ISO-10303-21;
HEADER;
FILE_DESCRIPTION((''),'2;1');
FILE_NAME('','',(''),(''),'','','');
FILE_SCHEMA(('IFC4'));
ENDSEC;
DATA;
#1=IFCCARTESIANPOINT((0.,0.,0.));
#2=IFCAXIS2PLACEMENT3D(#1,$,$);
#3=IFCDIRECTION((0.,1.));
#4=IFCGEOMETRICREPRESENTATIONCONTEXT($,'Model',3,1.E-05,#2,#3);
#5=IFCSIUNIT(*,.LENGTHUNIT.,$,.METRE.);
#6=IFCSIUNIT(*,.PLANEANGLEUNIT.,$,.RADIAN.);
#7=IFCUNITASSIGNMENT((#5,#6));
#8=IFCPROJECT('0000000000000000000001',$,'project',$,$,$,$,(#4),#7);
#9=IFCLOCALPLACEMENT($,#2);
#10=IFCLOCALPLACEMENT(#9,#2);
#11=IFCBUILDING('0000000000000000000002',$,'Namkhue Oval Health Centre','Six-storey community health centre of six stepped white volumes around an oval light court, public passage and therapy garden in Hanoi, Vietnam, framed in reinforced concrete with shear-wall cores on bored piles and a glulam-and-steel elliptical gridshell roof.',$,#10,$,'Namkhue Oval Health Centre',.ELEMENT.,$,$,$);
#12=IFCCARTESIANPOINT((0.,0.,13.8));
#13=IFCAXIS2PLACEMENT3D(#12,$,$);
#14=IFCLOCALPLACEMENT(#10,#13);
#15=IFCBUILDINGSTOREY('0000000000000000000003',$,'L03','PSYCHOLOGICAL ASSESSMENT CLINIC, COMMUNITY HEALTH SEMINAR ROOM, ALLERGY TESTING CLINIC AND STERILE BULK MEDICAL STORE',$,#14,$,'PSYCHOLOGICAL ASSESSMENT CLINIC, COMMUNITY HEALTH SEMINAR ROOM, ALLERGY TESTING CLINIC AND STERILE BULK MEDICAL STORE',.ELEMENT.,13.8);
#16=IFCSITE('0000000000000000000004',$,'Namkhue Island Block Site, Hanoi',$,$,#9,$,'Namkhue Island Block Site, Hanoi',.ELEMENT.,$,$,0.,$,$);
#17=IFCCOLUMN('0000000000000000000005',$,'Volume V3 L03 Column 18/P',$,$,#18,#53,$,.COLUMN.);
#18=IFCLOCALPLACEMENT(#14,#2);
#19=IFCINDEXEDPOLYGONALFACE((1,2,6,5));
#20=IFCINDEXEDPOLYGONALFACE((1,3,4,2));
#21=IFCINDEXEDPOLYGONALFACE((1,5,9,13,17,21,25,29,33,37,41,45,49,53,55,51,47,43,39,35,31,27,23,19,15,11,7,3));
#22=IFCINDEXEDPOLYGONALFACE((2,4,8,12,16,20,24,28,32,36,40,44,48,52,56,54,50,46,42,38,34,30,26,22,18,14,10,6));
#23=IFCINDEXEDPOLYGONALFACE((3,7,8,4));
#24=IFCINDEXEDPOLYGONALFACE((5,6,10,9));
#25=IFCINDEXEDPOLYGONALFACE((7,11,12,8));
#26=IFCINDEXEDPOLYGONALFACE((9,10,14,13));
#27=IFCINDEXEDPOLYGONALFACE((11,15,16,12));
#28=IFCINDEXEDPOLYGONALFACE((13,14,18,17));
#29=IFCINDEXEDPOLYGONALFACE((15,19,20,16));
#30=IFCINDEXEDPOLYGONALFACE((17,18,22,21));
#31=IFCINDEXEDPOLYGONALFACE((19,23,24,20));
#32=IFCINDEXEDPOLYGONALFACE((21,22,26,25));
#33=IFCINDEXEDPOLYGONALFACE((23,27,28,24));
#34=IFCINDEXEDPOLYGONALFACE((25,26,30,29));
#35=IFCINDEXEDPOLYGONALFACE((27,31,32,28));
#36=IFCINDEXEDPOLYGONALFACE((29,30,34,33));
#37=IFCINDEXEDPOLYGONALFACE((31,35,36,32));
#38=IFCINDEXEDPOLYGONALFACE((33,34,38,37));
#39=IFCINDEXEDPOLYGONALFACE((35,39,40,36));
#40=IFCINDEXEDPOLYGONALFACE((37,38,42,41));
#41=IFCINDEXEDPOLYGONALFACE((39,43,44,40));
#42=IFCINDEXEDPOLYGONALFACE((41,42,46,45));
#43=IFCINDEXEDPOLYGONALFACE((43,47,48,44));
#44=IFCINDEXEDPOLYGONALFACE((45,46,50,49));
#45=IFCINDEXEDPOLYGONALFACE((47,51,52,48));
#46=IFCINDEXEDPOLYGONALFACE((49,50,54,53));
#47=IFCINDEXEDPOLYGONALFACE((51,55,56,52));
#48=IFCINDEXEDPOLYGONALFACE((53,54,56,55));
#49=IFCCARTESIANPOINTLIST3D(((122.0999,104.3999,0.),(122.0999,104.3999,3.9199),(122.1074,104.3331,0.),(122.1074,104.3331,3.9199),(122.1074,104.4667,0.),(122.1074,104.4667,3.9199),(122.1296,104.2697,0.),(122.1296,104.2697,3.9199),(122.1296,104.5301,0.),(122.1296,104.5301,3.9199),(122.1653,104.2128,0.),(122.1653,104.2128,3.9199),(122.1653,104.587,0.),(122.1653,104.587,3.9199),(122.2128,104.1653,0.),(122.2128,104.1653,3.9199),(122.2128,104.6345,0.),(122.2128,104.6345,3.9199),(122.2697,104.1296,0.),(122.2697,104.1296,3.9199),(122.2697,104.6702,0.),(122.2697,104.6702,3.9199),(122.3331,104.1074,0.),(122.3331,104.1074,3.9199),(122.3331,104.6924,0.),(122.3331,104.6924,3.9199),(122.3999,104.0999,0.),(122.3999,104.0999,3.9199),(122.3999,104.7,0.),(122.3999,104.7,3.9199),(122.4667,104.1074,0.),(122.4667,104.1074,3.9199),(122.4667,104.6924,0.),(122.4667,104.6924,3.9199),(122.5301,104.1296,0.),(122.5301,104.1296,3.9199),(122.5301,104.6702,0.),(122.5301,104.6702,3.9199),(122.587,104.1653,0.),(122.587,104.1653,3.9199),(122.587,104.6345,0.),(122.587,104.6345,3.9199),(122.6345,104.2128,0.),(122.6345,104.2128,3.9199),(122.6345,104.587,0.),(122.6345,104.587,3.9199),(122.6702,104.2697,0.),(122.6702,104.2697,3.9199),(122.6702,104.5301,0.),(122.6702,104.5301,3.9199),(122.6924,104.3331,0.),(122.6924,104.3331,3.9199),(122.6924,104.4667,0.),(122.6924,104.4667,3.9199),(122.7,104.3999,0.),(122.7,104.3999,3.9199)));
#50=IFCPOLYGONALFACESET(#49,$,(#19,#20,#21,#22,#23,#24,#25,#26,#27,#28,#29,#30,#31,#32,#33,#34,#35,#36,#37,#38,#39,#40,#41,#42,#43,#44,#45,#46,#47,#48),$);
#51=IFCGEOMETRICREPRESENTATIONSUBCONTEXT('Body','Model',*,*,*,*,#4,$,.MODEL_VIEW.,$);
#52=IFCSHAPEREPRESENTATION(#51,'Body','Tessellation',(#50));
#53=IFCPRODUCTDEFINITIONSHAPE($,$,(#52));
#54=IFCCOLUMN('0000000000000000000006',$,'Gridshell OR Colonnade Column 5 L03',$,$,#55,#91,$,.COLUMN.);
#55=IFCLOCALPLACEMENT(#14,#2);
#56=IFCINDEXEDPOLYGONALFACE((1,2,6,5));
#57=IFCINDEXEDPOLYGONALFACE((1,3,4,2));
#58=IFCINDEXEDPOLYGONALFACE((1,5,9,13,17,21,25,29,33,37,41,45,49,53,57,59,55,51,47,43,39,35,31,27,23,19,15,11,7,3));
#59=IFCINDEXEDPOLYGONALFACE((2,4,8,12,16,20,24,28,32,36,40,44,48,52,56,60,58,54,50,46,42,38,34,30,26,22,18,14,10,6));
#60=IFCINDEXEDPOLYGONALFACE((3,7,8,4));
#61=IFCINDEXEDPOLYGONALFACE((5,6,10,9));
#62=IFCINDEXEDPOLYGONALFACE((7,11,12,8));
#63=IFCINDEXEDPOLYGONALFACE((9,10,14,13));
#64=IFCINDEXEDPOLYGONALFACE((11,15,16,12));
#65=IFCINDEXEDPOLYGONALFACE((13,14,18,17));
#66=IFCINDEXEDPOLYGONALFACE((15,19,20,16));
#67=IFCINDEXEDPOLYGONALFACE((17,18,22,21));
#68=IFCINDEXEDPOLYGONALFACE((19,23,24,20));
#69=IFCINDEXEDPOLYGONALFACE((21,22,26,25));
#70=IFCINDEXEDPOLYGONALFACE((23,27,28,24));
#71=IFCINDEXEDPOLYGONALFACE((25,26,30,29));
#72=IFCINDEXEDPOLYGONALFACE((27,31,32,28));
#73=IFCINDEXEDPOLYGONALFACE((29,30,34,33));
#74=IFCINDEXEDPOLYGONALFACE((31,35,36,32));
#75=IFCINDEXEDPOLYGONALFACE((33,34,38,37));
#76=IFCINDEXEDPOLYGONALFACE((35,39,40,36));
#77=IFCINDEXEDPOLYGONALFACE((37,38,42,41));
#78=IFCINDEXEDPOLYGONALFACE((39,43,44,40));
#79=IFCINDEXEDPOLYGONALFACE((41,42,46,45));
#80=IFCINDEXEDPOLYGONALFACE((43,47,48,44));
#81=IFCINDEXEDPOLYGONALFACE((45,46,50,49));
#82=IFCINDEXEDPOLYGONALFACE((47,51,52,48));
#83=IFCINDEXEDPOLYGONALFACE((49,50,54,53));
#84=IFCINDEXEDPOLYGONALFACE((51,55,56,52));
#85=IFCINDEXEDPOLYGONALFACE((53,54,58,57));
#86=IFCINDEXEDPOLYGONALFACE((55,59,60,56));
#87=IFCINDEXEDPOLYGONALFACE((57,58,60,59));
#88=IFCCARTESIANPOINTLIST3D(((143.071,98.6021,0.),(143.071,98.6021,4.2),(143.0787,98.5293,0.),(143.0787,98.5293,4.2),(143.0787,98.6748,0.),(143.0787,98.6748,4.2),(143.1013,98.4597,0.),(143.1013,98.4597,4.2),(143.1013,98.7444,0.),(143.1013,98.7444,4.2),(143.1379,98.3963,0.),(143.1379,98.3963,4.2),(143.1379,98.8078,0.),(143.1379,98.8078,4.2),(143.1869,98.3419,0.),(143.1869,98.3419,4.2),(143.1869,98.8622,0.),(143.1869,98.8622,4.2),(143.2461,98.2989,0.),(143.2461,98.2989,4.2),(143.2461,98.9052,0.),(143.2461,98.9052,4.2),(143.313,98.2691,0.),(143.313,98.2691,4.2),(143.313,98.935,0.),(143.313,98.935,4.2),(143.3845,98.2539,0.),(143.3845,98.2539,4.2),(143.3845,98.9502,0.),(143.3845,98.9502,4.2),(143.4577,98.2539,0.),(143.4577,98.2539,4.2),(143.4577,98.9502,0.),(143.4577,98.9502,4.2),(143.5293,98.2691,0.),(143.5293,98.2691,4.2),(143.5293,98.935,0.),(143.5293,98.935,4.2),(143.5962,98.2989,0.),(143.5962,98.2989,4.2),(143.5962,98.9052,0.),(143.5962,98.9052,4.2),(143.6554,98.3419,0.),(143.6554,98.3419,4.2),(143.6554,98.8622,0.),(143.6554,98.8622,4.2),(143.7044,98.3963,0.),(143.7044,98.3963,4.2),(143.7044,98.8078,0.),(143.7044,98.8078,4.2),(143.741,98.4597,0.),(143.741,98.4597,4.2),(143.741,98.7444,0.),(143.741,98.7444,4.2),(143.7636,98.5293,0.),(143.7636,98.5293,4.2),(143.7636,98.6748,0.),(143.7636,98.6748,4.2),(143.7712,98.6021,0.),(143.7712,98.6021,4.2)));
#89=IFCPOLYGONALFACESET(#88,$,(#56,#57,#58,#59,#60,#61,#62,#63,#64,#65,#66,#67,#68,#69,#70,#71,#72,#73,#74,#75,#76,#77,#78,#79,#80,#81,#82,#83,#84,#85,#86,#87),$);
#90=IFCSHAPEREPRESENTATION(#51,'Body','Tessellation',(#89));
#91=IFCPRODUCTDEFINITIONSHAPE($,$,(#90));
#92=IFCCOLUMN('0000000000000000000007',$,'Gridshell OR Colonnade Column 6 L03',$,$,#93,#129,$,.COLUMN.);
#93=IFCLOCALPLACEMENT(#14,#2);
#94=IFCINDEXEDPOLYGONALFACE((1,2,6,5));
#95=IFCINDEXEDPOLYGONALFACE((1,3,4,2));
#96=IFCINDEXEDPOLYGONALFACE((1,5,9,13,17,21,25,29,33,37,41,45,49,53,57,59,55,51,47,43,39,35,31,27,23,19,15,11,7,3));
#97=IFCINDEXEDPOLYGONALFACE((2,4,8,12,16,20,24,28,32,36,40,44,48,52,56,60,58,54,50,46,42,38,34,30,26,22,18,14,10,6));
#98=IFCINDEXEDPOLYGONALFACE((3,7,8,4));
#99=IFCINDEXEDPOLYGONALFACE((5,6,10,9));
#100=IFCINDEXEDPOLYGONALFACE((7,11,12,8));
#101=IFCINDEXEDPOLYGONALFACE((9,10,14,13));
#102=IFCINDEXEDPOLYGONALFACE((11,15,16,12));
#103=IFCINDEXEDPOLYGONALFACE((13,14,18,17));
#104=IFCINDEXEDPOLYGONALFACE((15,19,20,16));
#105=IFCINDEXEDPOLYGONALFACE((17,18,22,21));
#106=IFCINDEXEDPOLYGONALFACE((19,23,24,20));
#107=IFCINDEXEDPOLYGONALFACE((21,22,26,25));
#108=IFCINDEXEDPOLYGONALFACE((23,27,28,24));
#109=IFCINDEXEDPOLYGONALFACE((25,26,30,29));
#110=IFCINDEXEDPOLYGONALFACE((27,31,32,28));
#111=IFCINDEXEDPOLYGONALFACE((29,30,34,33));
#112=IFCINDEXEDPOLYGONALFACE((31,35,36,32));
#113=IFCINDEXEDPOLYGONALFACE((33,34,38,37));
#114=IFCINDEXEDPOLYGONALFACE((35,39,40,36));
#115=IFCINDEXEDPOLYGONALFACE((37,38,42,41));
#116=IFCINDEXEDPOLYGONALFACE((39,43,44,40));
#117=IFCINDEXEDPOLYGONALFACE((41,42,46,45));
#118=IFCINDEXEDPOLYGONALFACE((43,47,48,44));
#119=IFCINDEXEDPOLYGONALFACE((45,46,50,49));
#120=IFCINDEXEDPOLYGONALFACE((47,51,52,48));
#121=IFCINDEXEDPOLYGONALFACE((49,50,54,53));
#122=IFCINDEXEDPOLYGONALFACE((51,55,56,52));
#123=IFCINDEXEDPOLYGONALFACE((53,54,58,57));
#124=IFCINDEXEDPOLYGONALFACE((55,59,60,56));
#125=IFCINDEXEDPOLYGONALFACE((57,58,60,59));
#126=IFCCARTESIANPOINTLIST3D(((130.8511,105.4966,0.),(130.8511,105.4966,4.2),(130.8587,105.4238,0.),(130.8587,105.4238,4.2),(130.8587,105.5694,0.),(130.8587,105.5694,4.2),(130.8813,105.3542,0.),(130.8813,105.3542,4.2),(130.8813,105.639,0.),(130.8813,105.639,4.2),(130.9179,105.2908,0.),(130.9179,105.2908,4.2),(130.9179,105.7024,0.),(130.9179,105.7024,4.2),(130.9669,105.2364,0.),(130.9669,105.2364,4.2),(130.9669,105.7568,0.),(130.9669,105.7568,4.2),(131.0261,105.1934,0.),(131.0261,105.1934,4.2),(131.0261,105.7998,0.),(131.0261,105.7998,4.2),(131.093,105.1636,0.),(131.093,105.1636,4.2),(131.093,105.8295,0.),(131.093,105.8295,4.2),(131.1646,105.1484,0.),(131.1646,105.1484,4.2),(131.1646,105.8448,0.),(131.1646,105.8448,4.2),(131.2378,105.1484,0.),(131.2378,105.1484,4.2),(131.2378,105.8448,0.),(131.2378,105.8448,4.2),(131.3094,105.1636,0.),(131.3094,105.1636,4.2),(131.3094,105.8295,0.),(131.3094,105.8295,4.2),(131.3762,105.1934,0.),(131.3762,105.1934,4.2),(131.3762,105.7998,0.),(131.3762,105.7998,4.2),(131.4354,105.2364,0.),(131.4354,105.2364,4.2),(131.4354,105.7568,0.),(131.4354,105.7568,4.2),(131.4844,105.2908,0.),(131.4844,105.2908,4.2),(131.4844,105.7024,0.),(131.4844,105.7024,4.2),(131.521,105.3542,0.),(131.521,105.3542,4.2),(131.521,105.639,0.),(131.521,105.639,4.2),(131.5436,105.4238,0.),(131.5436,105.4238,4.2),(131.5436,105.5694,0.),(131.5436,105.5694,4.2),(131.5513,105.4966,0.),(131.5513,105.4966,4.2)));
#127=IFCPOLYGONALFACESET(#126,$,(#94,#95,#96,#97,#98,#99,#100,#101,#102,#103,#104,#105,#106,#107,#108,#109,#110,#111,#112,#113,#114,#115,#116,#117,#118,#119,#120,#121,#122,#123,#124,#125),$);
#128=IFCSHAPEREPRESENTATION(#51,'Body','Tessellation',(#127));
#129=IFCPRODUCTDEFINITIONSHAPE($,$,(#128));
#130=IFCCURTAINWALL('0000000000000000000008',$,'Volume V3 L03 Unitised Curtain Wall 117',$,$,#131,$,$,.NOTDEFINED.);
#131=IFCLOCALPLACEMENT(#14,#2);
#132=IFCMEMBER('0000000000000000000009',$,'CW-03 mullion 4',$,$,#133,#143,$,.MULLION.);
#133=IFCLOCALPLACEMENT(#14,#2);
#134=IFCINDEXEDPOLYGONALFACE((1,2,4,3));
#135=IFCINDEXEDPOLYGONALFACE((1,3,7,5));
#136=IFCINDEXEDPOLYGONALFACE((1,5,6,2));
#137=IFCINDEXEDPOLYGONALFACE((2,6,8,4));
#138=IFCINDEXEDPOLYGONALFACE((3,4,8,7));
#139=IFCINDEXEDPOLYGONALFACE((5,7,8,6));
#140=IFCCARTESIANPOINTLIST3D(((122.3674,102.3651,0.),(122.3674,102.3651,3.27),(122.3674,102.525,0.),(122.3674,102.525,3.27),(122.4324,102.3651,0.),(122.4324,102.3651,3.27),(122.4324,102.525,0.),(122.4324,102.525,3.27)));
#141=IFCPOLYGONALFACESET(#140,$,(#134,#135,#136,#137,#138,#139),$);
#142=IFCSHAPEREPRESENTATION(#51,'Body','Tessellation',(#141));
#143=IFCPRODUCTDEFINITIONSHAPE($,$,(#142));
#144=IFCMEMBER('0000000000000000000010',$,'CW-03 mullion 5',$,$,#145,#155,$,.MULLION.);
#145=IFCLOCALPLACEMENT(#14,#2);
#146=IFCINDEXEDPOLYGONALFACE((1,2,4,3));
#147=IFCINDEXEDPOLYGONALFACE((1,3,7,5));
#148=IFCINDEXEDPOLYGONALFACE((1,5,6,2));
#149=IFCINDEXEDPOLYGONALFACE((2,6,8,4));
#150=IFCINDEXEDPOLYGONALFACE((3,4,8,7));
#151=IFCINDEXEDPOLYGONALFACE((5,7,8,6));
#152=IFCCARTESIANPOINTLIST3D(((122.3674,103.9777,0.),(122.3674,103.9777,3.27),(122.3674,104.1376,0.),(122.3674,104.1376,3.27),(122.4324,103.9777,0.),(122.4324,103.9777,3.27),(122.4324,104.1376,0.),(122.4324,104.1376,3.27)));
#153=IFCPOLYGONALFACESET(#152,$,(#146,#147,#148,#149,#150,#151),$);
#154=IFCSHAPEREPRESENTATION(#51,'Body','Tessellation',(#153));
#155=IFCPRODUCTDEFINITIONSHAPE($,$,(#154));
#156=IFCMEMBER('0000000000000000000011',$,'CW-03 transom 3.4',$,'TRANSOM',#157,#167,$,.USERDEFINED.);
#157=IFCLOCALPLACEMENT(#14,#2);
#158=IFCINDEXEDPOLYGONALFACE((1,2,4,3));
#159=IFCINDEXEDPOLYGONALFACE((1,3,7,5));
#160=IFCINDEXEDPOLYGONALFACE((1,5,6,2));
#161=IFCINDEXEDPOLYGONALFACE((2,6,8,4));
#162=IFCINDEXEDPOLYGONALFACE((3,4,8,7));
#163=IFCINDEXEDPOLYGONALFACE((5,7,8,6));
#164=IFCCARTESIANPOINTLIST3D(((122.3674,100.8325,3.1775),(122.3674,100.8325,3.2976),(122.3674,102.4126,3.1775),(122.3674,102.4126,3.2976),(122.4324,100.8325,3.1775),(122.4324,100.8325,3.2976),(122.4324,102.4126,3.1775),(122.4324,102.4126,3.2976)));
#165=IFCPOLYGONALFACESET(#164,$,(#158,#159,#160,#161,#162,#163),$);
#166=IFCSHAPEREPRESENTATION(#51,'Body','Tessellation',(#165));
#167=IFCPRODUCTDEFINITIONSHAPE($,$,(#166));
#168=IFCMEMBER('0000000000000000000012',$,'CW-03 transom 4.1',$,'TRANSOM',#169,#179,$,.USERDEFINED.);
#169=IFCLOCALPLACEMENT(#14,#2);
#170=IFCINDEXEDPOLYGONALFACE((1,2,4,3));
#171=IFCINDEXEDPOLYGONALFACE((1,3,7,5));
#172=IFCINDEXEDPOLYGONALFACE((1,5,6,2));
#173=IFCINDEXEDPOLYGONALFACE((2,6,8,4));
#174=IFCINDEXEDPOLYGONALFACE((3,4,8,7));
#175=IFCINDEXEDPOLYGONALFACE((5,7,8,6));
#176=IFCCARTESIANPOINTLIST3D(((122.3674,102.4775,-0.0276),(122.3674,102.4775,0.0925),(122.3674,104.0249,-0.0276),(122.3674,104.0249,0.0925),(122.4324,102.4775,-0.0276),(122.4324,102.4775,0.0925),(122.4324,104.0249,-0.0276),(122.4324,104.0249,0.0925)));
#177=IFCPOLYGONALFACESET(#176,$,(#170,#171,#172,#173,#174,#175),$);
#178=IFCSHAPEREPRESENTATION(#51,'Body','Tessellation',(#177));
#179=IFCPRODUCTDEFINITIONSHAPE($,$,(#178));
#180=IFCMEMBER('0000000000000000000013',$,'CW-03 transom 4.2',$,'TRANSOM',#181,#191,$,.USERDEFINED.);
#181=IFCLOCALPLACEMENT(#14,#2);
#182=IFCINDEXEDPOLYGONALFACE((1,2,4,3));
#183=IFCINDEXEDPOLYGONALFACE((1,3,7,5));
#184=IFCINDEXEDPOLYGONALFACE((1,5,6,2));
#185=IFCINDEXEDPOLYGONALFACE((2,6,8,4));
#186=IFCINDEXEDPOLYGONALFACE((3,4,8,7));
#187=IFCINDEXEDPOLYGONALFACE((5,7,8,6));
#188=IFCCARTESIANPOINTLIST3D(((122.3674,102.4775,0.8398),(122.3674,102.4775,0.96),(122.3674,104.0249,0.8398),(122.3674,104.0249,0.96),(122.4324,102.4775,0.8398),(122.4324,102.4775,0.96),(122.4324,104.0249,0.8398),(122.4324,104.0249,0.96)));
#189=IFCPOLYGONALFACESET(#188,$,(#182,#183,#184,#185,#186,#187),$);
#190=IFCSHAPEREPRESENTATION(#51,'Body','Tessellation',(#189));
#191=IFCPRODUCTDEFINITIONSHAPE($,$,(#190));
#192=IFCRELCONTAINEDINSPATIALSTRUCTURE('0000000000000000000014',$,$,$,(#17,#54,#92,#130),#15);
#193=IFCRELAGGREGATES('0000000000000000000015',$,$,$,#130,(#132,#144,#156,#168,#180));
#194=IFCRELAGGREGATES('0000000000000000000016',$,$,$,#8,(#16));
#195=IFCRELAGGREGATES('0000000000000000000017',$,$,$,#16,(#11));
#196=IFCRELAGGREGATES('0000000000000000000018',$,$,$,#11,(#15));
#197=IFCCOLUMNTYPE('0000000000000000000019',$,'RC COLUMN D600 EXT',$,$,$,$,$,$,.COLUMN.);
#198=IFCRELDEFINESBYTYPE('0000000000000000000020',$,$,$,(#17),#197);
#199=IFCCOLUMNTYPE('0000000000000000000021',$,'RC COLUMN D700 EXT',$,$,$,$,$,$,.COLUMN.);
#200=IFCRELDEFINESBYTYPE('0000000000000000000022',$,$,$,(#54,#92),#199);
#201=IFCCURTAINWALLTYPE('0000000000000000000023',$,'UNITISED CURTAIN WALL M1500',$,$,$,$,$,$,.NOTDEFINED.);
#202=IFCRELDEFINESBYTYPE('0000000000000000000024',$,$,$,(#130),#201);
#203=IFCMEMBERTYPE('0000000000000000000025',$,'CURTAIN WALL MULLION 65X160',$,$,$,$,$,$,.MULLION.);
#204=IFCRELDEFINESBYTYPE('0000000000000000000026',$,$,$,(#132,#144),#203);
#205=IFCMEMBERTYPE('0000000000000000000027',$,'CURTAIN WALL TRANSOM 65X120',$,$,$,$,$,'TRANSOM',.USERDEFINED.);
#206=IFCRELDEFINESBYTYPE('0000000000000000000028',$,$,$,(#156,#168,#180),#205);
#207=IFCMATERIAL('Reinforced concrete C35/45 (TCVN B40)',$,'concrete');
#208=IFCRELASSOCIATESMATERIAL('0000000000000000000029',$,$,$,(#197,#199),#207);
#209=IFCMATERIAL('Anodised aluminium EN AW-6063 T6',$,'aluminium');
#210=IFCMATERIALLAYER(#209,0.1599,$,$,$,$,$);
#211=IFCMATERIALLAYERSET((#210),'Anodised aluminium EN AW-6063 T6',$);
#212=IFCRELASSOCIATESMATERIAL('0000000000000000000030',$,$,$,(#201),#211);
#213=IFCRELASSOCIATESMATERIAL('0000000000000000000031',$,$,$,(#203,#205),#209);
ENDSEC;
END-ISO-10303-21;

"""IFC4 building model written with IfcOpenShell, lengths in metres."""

from ifc_helpers import new_model, si_unit, direction, frame, origin, origin_2d, place, context, subcontext, project, spatial, rectangle, circle, extrude, material, layer, layer_set, material_profile, profile_set, type_object, element, aggregate, save


model = new_model("IFC4")

# Units and contexts
model_context = context("Model", 3, precision=1e-05, world=origin(), true_north=direction((0.0, 1.0)))
body_context = subcontext(model_context, "Body", "Model", "MODEL_VIEW")
ifc_project = project(units=[si_unit("LENGTHUNIT", "METRE"), si_unit("PLANEANGLEUNIT", "RADIAN")], contexts=[model_context])

# Site, building, storey
site_placement = place(None, origin())
site = spatial("IfcSite", under=ifc_project, at=site_placement, Name="Namkhue Island Block Site, Hanoi", LongName="Namkhue Island Block Site, Hanoi", CompositionType="ELEMENT", RefElevation=0.0)
building_placement = place(site_placement, origin())
building = spatial("IfcBuilding", under=site, at=building_placement, Name="Namkhue Oval Health Centre", Description="Six-storey community health centre of six stepped white volumes around an oval light court, public passage and therapy garden in Hanoi, Vietnam, framed in reinforced concrete with shear-wall cores on bored piles and a glulam-and-steel elliptical gridshell roof.", LongName="Namkhue Oval Health Centre", CompositionType="ELEMENT")
storey_placement = place(building_placement, frame((0.0, 0.0, 13.8)))
storey = spatial("IfcBuildingStorey", under=building, at=storey_placement, Name="L03", Description="PSYCHOLOGICAL ASSESSMENT CLINIC, COMMUNITY HEALTH SEMINAR ROOM, ALLERGY TESTING CLINIC AND STERILE BULK MEDICAL STORE", LongName="PSYCHOLOGICAL ASSESSMENT CLINIC, COMMUNITY HEALTH SEMINAR ROOM, ALLERGY TESTING CLINIC AND STERILE BULK MEDICAL STORE", CompositionType="ELEMENT", Elevation=13.8)

# Columns
ifc_material_1 = material(Name="Reinforced concrete C35/45 (TCVN B40)", Category="concrete")
ifc_material_profile_1 = material_profile(ifc_material_1, circle(Radius=0.3, at=origin_2d()), Name="RC D600")
ifc_profile_set_1 = profile_set([ifc_material_profile_1], Name="Reinforced concrete C35/45 (TCVN B40)")
column_type_1 = type_object("IfcColumnType", Name="RC COLUMN D600 EXT", PredefinedType="COLUMN", material=ifc_profile_set_1)
column_placement = place(storey_placement, frame((122.3999, 104.3999, 0.0), z_axis=(0.0, 0.0, 1.0), x_axis=(1.0, 0.0, 0.0)))
element("IfcColumn", 1, at=column_placement, inside=storey, type_object=column_type_1, Name="Volume V3 L03 Column 18/P", PredefinedType="COLUMN", context=body_context, shape_type="SweptSolid", body=[
    extrude(circle(Radius=0.3, at=origin_2d()), origin(), (0.0, 0.0, 1.0), 3.9199),
])
ifc_material_profile_2 = material_profile(ifc_material_1, circle(Radius=0.3501, at=origin_2d()), Name="RC D700")
ifc_profile_set_2 = profile_set([ifc_material_profile_2], Name="Reinforced concrete C35/45 (TCVN B40)")
column_type_2 = type_object("IfcColumnType", Name="RC COLUMN D700 EXT", PredefinedType="COLUMN", material=ifc_profile_set_2)
for number, where, z_axis, x_axis, name in (
    (2, (143.4211, 98.6021, 0.0), (0.0, 0.0, 1.0), (1.0, 0.0, 0.0), "Gridshell OR Colonnade Column 5 L03"),
    (3, (131.2012, 105.4966, 0.0), (0.0, 0.0, 1.0), (1.0, 0.0, 0.0), "Gridshell OR Colonnade Column 6 L03"),
):
    element("IfcColumn", number, at=place(storey_placement, frame(where, z_axis=z_axis, x_axis=x_axis)), inside=storey, type_object=column_type_2, Name=name, PredefinedType="COLUMN", context=body_context, shape_type="SweptSolid", body=[
        extrude(circle(Radius=0.3501, at=origin_2d()), origin(), (0.0, 0.0, 1.0), 4.2),
    ])

# Curtain wall, members
ifc_material_2 = material(Name="Anodised aluminium EN AW-6063 T6", Category="aluminium")
ifc_layer_1 = layer(ifc_material_2, 0.1599)
ifc_layer_set_1 = layer_set([ifc_layer_1], Name="Anodised aluminium EN AW-6063 T6")
curtain_wall_type = type_object("IfcCurtainWallType", Name="UNITISED CURTAIN WALL M1500", PredefinedType="NOTDEFINED", material=ifc_layer_set_1)
curtain_wall_placement = place(storey_placement, origin())
curtain_wall = element("IfcCurtainWall", 4, at=curtain_wall_placement, inside=storey, type_object=curtain_wall_type, Name="Volume V3 L03 Unitised Curtain Wall 117", PredefinedType="NOTDEFINED")
ifc_material_profile_3 = material_profile(ifc_material_2, rectangle(XDim=0.0649, YDim=0.1599, at=origin_2d()), Name="ALU 65x160")
ifc_profile_set_3 = profile_set([ifc_material_profile_3], Name="Anodised aluminium EN AW-6063 T6")
member_type_1 = type_object("IfcMemberType", Name="CURTAIN WALL MULLION 65X160", PredefinedType="MULLION", material=ifc_profile_set_3)
member_1_placement = place(storey_placement, frame((122.3999, 102.4451, 0.0), z_axis=(0.0, 0.0, 1.0), x_axis=(-1.0, 0.0, 0.0)))
member_1 = element("IfcMember", 5, at=member_1_placement, type_object=member_type_1, Name="CW-03 mullion 4", PredefinedType="MULLION", context=body_context, shape_type="SweptSolid", body=[
    extrude(rectangle(XDim=0.0649, YDim=0.1599, at=origin_2d()), origin(), (0.0, 0.0, 1.0), 3.27),
])
member_2_placement = place(storey_placement, frame((122.3999, 104.0576, 0.0), z_axis=(0.0, 0.0, 1.0), x_axis=(-1.0, 0.0, 0.0)))
member_2 = element("IfcMember", 6, at=member_2_placement, type_object=member_type_1, Name="CW-03 mullion 5", PredefinedType="MULLION", context=body_context, shape_type="SweptSolid", body=[
    extrude(rectangle(XDim=0.0649, YDim=0.1599, at=origin_2d()), origin(), (0.0, 0.0, 1.0), 3.27),
])
ifc_material_profile_4 = material_profile(ifc_material_2, rectangle(XDim=0.0649, YDim=0.1201, at=origin_2d()), Name="ALU 65x120")
ifc_profile_set_4 = profile_set([ifc_material_profile_4], Name="Anodised aluminium EN AW-6063 T6")
member_type_2 = type_object("IfcMemberType", Name="CURTAIN WALL TRANSOM 65X120", ElementType="TRANSOM", PredefinedType="USERDEFINED", material=ifc_profile_set_4)
member_3_placement = place(storey_placement, frame((122.3999, 100.8325, 3.2375), z_axis=(0.0, 1.0, 0.0), x_axis=(-1.0, 0.0, 0.0)))
member_3 = element("IfcMember", 7, at=member_3_placement, type_object=member_type_2, Name="CW-03 transom 3.4", ObjectType="TRANSOM", PredefinedType="USERDEFINED", context=body_context, shape_type="SweptSolid", body=[
    extrude(rectangle(XDim=0.0649, YDim=0.1201, at=origin_2d()), origin(), (0.0, 0.0, 1.0), 1.5801),
])
member_4_placement = place(storey_placement, frame((122.3999, 102.4775, 0.0325), z_axis=(0.0, 1.0, 0.0), x_axis=(-1.0, 0.0, 0.0)))
member_4 = element("IfcMember", 8, at=member_4_placement, type_object=member_type_2, Name="CW-03 transom 4.1", ObjectType="TRANSOM", PredefinedType="USERDEFINED", context=body_context, shape_type="SweptSolid", body=[
    extrude(rectangle(XDim=0.0649, YDim=0.1201, at=origin_2d()), origin(), (0.0, 0.0, 1.0), 1.5474),
])
member_5_placement = place(storey_placement, frame((122.3999, 102.4775, 0.8999), z_axis=(0.0, 1.0, 0.0), x_axis=(-1.0, 0.0, 0.0)))
member_5 = element("IfcMember", 9, at=member_5_placement, type_object=member_type_2, Name="CW-03 transom 4.2", ObjectType="TRANSOM", PredefinedType="USERDEFINED", context=body_context, shape_type="SweptSolid", body=[
    extrude(rectangle(XDim=0.0649, YDim=0.1201, at=origin_2d()), origin(), (0.0, 0.0, 1.0), 1.5474),
])
aggregate(curtain_wall, [member_1, member_2, member_3, member_4, member_5])

save(model, "model.ifc")
